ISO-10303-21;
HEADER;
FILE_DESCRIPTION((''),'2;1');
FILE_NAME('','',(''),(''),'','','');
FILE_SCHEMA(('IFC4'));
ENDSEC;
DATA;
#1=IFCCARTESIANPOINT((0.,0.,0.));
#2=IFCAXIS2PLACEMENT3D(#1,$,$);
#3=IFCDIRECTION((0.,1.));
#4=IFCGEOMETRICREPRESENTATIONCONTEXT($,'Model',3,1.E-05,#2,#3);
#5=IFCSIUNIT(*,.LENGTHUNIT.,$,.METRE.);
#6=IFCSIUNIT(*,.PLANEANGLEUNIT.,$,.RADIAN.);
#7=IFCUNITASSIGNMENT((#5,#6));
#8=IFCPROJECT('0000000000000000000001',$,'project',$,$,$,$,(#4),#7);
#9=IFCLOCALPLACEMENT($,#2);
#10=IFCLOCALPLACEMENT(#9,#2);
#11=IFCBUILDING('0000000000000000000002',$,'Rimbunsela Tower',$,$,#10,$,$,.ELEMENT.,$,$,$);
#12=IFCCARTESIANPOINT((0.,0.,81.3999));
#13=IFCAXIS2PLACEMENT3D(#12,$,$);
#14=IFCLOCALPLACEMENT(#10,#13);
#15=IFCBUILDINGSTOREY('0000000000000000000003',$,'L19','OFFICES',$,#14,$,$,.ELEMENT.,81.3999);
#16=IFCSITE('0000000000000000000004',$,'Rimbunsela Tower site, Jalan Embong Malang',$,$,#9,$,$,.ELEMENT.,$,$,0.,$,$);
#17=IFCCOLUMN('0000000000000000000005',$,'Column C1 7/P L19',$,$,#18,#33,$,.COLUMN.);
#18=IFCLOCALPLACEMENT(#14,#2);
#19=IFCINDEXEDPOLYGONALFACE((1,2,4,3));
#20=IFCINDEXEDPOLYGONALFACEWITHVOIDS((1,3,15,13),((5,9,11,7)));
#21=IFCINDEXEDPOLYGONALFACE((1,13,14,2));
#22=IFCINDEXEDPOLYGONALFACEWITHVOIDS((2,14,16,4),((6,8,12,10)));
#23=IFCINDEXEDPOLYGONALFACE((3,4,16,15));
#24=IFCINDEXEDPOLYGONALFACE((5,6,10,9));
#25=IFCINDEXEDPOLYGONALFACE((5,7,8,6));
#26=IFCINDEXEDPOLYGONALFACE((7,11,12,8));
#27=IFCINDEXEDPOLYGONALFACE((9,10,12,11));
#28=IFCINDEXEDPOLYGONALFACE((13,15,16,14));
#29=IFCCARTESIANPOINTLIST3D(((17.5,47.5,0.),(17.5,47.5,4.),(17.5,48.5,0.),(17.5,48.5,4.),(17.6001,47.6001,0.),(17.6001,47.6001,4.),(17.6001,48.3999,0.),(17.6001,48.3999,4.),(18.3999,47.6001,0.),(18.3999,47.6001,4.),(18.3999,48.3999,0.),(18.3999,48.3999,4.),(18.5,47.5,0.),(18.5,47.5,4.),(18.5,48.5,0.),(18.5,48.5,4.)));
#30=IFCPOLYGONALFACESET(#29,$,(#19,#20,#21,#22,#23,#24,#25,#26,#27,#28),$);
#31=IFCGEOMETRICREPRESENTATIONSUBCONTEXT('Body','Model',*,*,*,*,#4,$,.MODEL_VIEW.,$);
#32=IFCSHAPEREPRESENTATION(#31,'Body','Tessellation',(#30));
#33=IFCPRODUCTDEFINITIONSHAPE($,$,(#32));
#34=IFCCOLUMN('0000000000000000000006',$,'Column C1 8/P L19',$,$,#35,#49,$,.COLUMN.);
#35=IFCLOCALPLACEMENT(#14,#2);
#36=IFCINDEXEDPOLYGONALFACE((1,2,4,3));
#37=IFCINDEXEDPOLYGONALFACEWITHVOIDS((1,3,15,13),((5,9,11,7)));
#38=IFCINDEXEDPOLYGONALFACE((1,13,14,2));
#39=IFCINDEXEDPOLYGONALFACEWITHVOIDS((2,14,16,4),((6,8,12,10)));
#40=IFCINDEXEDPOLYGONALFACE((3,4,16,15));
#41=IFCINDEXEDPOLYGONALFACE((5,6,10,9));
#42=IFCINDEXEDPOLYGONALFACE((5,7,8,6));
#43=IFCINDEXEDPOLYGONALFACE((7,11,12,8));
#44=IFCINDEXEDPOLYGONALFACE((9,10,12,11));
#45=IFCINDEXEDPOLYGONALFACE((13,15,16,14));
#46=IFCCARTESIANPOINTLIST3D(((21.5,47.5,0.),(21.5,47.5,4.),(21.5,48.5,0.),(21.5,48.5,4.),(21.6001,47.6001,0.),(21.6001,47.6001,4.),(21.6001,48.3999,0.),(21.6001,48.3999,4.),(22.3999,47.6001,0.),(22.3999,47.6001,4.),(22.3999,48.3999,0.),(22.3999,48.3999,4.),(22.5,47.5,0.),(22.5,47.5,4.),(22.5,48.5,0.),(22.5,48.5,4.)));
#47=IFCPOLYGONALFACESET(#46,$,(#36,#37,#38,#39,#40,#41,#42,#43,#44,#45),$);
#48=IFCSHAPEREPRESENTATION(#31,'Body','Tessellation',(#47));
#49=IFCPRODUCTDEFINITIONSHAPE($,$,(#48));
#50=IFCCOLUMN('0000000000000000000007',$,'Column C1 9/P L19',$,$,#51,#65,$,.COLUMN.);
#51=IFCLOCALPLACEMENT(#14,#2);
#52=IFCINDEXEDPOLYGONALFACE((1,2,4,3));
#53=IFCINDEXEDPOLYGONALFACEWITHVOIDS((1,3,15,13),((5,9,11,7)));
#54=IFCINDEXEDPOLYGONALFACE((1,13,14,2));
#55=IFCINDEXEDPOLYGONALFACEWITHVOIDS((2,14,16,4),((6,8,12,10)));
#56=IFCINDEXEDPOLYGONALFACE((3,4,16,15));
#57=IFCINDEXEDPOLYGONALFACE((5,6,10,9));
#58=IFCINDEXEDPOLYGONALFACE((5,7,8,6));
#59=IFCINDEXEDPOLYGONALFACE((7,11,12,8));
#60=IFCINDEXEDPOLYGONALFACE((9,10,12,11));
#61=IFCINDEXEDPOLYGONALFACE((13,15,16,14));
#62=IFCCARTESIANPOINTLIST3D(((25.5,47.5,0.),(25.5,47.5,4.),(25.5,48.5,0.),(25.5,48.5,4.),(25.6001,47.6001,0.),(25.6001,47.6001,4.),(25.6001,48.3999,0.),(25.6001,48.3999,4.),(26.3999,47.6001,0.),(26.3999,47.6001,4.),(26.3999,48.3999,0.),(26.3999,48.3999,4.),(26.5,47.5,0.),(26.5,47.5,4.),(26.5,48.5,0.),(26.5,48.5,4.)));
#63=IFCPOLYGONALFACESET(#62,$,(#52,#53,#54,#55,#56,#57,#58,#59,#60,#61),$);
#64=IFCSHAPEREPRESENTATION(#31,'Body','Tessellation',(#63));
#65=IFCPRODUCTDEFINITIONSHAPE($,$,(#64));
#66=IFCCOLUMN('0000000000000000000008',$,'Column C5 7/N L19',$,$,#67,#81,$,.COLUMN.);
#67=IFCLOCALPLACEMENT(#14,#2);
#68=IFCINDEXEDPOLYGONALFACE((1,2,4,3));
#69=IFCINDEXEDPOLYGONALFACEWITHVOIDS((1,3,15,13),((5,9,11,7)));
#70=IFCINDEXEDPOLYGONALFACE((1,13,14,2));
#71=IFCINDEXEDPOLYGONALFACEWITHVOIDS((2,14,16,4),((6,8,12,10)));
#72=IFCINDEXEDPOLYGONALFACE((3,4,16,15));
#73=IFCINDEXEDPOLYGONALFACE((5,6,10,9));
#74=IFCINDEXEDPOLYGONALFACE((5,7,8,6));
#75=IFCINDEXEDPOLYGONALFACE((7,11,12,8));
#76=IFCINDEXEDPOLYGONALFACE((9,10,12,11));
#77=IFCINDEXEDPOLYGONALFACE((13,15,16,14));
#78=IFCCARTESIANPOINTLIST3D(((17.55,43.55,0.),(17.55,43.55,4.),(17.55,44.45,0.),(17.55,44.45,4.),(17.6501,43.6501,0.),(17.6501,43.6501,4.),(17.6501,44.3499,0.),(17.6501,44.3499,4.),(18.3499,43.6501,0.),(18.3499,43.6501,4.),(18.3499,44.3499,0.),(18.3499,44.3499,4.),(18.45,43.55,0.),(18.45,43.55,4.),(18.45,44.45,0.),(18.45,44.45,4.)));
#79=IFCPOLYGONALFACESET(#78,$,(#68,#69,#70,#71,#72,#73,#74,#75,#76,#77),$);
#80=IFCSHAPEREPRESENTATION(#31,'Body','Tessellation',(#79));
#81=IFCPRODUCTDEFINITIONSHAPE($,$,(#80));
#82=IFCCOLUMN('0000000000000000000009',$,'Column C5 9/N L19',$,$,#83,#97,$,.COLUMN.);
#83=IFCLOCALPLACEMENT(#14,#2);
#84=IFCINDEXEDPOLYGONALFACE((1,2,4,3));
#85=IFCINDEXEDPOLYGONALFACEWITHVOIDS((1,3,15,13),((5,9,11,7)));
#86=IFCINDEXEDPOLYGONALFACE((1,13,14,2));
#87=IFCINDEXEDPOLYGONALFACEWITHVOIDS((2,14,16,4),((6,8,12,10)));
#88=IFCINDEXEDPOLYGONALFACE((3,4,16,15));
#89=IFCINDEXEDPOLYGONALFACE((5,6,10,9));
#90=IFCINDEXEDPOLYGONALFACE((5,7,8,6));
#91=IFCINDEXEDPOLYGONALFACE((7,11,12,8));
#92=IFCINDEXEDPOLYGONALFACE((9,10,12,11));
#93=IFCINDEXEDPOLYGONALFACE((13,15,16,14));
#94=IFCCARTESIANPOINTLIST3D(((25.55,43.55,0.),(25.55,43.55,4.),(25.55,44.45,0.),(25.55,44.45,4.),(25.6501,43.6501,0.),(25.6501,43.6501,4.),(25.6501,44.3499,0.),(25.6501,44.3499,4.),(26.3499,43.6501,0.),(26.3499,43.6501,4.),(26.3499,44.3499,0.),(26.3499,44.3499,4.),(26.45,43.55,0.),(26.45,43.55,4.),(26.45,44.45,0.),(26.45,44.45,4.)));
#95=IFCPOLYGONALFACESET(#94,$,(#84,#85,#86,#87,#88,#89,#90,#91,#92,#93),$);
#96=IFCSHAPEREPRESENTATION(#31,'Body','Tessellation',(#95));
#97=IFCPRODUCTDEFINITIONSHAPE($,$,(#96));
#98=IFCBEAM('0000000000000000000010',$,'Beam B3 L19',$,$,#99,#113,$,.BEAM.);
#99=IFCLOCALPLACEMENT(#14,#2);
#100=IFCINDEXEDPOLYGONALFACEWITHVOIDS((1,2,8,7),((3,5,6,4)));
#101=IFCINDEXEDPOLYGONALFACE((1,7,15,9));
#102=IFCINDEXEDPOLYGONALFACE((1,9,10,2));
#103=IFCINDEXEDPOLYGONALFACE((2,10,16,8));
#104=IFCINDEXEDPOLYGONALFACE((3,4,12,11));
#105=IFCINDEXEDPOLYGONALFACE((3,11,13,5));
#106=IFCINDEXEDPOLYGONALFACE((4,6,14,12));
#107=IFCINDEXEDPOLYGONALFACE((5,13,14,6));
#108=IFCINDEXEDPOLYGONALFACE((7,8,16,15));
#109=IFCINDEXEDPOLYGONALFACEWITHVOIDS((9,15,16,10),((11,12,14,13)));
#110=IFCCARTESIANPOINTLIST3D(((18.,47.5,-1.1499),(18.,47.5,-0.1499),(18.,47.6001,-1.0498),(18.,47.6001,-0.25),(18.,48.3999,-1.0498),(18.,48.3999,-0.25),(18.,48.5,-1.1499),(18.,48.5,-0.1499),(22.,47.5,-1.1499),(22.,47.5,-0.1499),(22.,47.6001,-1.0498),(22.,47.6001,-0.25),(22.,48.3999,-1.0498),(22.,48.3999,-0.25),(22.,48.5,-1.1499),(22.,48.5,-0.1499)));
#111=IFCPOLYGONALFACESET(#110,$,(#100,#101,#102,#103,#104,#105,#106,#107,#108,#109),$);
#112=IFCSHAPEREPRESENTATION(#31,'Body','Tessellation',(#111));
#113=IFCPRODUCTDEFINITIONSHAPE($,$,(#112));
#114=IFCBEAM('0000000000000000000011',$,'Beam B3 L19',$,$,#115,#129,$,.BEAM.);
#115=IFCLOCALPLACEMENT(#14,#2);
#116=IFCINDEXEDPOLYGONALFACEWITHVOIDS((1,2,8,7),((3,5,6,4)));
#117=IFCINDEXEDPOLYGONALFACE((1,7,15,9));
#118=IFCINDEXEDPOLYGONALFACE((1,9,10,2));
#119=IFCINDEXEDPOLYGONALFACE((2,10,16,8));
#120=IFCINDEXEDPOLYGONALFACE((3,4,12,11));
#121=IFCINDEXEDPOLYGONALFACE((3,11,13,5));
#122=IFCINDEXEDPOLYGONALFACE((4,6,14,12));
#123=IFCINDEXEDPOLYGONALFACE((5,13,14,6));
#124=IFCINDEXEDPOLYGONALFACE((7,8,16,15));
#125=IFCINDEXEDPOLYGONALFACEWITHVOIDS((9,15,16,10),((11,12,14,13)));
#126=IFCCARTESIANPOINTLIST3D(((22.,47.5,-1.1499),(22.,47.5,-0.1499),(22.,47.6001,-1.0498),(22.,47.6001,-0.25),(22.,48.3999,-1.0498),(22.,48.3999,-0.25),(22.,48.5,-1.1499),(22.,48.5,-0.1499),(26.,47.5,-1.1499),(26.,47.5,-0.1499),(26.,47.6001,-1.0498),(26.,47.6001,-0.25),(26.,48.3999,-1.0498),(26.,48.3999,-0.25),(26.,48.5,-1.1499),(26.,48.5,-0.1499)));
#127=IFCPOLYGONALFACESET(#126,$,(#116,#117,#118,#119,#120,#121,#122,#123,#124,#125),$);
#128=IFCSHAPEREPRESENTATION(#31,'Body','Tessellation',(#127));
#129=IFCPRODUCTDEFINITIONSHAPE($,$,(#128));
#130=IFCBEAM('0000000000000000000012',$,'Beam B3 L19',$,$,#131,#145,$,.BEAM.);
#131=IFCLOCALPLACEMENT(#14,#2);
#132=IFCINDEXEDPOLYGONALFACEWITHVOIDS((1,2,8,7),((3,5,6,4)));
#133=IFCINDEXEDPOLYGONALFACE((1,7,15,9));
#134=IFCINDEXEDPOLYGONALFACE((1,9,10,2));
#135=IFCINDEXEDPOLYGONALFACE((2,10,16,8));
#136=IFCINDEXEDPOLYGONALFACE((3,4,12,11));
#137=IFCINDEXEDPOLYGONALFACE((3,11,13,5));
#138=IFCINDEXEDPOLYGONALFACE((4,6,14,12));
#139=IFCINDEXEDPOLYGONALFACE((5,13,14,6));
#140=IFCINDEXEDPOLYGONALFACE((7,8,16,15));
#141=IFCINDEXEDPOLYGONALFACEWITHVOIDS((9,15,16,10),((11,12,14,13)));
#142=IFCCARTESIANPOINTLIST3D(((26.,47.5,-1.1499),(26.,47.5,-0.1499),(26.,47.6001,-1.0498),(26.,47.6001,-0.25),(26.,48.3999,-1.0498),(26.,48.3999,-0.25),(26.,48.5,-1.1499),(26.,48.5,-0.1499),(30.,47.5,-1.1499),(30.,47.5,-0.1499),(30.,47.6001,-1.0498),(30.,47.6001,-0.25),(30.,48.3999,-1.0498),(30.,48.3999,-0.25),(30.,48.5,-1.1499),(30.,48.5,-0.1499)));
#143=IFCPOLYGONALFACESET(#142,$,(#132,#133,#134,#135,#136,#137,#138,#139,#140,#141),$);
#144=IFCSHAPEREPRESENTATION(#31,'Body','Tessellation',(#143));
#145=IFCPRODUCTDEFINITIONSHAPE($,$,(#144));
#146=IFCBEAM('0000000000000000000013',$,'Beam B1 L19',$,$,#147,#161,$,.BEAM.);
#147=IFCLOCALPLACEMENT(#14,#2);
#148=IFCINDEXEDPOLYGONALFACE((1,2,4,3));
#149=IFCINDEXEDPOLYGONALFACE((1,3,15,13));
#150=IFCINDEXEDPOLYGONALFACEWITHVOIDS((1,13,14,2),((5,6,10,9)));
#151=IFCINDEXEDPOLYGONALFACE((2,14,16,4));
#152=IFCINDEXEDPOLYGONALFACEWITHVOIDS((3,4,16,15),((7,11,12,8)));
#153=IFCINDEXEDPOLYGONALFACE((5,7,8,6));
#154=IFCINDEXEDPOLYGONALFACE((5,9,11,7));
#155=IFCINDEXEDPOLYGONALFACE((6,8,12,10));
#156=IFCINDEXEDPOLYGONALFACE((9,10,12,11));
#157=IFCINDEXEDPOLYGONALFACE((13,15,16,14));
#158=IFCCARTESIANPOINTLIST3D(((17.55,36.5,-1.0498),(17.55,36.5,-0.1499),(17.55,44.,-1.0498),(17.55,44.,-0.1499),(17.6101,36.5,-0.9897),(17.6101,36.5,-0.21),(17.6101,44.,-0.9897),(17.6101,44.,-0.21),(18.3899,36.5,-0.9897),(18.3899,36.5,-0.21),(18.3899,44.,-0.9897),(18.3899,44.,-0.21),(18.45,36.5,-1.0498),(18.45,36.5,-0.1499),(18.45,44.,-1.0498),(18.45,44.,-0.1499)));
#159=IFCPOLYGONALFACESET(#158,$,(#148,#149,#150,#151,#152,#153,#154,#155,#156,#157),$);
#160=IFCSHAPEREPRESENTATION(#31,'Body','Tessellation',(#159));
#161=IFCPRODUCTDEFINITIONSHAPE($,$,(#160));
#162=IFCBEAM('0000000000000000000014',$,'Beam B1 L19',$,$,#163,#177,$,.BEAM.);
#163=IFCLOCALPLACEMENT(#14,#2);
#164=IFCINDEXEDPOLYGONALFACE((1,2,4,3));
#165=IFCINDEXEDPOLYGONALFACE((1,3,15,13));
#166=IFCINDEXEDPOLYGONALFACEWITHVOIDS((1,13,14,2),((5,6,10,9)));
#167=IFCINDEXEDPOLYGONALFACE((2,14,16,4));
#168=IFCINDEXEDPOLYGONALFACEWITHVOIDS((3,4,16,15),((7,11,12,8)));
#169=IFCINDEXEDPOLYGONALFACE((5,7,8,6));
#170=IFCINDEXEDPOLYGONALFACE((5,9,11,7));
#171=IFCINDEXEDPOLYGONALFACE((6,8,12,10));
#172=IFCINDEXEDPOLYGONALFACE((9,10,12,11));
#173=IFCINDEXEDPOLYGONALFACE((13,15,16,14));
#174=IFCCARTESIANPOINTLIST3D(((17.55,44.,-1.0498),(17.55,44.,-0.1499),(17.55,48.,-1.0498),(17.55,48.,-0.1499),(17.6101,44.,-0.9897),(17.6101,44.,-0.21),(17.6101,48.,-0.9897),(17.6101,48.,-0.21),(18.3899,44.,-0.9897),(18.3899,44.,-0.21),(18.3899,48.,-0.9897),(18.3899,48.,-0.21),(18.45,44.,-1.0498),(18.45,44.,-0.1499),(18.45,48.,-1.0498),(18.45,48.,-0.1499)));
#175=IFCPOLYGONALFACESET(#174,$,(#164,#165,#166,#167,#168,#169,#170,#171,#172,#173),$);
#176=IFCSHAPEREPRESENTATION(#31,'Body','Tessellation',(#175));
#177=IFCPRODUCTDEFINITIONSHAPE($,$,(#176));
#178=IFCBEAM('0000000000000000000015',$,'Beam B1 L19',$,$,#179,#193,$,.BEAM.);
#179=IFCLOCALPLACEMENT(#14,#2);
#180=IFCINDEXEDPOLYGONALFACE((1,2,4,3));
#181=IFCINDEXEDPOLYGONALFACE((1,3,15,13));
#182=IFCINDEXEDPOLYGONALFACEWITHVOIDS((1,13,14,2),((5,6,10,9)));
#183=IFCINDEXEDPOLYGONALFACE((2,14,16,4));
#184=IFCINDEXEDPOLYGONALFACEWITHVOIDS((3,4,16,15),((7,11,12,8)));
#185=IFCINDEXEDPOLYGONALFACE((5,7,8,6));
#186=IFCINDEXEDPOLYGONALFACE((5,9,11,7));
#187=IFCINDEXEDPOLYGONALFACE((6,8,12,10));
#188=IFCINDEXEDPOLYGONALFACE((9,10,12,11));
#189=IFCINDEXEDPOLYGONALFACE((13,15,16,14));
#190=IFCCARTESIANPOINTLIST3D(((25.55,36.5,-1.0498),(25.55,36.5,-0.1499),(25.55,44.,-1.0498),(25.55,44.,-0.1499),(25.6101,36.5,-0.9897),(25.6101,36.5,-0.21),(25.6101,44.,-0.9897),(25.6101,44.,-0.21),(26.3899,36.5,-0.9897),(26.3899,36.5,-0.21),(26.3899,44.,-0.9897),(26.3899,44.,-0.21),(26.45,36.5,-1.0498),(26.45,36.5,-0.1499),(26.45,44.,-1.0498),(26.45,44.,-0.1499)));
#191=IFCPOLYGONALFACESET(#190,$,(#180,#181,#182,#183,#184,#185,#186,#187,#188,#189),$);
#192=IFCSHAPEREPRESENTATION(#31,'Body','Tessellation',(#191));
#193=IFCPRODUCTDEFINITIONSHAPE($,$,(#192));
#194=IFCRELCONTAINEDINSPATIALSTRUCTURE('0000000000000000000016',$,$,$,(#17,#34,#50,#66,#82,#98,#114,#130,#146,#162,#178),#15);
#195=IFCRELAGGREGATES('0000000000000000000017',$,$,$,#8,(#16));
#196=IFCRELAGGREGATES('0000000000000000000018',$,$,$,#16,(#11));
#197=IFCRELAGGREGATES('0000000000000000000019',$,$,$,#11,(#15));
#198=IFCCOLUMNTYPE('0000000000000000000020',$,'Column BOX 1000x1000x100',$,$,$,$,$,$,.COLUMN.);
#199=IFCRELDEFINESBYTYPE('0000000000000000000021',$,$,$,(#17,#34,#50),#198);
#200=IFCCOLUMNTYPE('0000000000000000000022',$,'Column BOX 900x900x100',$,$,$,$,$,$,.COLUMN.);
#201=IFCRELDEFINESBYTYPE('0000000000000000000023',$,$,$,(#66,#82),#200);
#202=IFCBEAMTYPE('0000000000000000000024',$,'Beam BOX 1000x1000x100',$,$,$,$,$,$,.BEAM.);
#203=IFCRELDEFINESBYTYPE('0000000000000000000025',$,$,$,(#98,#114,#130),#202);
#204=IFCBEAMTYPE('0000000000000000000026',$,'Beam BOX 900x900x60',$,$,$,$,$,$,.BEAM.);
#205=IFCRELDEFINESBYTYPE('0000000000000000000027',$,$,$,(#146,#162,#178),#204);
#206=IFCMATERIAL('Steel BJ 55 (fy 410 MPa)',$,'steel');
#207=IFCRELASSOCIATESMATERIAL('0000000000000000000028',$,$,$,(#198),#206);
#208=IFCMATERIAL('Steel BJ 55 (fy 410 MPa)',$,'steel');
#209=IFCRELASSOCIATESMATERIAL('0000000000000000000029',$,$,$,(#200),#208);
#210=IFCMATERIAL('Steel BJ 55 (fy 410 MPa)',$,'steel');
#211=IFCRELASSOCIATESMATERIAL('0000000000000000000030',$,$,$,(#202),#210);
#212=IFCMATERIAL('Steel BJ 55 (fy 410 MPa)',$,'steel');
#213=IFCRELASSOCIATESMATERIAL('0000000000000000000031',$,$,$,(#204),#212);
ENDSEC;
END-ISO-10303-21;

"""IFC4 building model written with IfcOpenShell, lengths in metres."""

from ifc_helpers import new_model, si_unit, direction, frame, origin, origin_2d, place, context, subcontext, project, spatial, hollow_rectangle, extrude, material, material_profile, profile_set, type_object, element, save


model = new_model("IFC4")

# Units and contexts
model_context = context("Model", 3, precision=1e-05, world=origin(), true_north=direction((0.0, 1.0)))
body_context = subcontext(model_context, "Body", "Model", "MODEL_VIEW")
ifc_project = project(units=[si_unit("LENGTHUNIT", "METRE"), si_unit("PLANEANGLEUNIT", "RADIAN")], contexts=[model_context])

# Site, building, storey
site_placement = place(None, origin())
site = spatial("IfcSite", under=ifc_project, at=site_placement, Name="Rimbunsela Tower site, Jalan Embong Malang", CompositionType="ELEMENT", RefElevation=0.0)
building_placement = place(site_placement, origin())
building = spatial("IfcBuilding", under=site, at=building_placement, Name="Rimbunsela Tower", CompositionType="ELEMENT")
storey_placement = place(building_placement, frame((0.0, 0.0, 81.3999)))
storey = spatial("IfcBuildingStorey", under=building, at=storey_placement, Name="L19", Description="OFFICES", CompositionType="ELEMENT", Elevation=81.3999)

# Columns
ifc_material_1 = material(Name="Steel BJ 55 (fy 410 MPa)", Category="steel")
ifc_material_profile_1 = material_profile(ifc_material_1, hollow_rectangle(XDim=1.0, YDim=1.0, WallThickness=0.1001, at=origin_2d()), Name="BOX 1000x1000x100")
ifc_profile_set_1 = profile_set([ifc_material_profile_1], Name="Steel BJ 55 (fy 410 MPa)")
column_type_1 = type_object("IfcColumnType", Name="Column BOX 1000x1000x100", PredefinedType="COLUMN", material=ifc_profile_set_1)
for number, where, z_axis, x_axis, name in (
    (1, (18.0, 48.0, 0.0), (0.0, 0.0, 1.0), (1.0, 0.0, 0.0), "Column C1 7/P L19"),
    (2, (22.0, 48.0, 0.0), (0.0, 0.0, 1.0), (1.0, 0.0, 0.0), "Column C1 8/P L19"),
    (3, (26.0, 48.0, 0.0), (0.0, 0.0, 1.0), (1.0, 0.0, 0.0), "Column C1 9/P L19"),
):
    element("IfcColumn", number, at=place(storey_placement, frame(where, z_axis=z_axis, x_axis=x_axis)), inside=storey, type_object=column_type_1, Name=name, PredefinedType="COLUMN", context=body_context, shape_type="SweptSolid", body=[
        extrude(hollow_rectangle(XDim=1.0, YDim=1.0, WallThickness=0.1001, at=origin_2d()), origin(), (0.0, 0.0, 1.0), 4.0),
    ])
ifc_material_2 = material(Name="Steel BJ 55 (fy 410 MPa)", Category="steel")
ifc_material_profile_2 = material_profile(ifc_material_2, hollow_rectangle(XDim=0.8999, YDim=0.8999, WallThickness=0.1001, at=origin_2d()), Name="BOX 900x900x100")
ifc_profile_set_2 = profile_set([ifc_material_profile_2], Name="Steel BJ 55 (fy 410 MPa)")
column_type_2 = type_object("IfcColumnType", Name="Column BOX 900x900x100", PredefinedType="COLUMN", material=ifc_profile_set_2)
for number, where, z_axis, x_axis, name in (
    (4, (18.0, 44.0, 0.0), (0.0, 0.0, 1.0), (1.0, 0.0, 0.0), "Column C5 7/N L19"),
    (5, (26.0, 44.0, 0.0), (0.0, 0.0, 1.0), (1.0, 0.0, 0.0), "Column C5 9/N L19"),
):
    element("IfcColumn", number, at=place(storey_placement, frame(where, z_axis=z_axis, x_axis=x_axis)), inside=storey, type_object=column_type_2, Name=name, PredefinedType="COLUMN", context=body_context, shape_type="SweptSolid", body=[
        extrude(hollow_rectangle(XDim=0.8999, YDim=0.8999, WallThickness=0.1001, at=origin_2d()), origin(), (0.0, 0.0, 1.0), 4.0),
    ])

# Beams
ifc_material_3 = material(Name="Steel BJ 55 (fy 410 MPa)", Category="steel")
ifc_material_profile_3 = material_profile(ifc_material_3, hollow_rectangle(XDim=1.0, YDim=1.0, WallThickness=0.1001, at=origin_2d()), Name="BOX 1000x1000x100")
ifc_profile_set_3 = profile_set([ifc_material_profile_3], Name="Steel BJ 55 (fy 410 MPa)")
beam_type_1 = type_object("IfcBeamType", Name="Beam BOX 1000x1000x100", PredefinedType="BEAM", material=ifc_profile_set_3)
for number, where, z_axis, x_axis, name in (
    (6, (18.0, 48.0, -0.6499), (1.0, 0.0, 0.0), (0.0, 1.0, 0.0), "Beam B3 L19"),
    (7, (22.0, 48.0, -0.6499), (1.0, 0.0, 0.0), (0.0, 1.0, 0.0), "Beam B3 L19"),
    (8, (26.0, 48.0, -0.6499), (1.0, 0.0, 0.0), (0.0, 1.0, 0.0), "Beam B3 L19"),
):
    element("IfcBeam", number, at=place(storey_placement, frame(where, z_axis=z_axis, x_axis=x_axis)), inside=storey, type_object=beam_type_1, Name=name, PredefinedType="BEAM", context=body_context, shape_type="SweptSolid", body=[
        extrude(hollow_rectangle(XDim=1.0, YDim=1.0, WallThickness=0.1001, at=origin_2d()), origin(), (0.0, 0.0, 1.0), 4.0),
    ])
ifc_material_4 = material(Name="Steel BJ 55 (fy 410 MPa)", Category="steel")
ifc_material_profile_4 = material_profile(ifc_material_4, hollow_rectangle(XDim=0.8999, YDim=0.8999, WallThickness=0.0601, at=origin_2d()), Name="BOX 900x900x60")
ifc_profile_set_4 = profile_set([ifc_material_profile_4], Name="Steel BJ 55 (fy 410 MPa)")
beam_type_2 = type_object("IfcBeamType", Name="Beam BOX 900x900x60", PredefinedType="BEAM", material=ifc_profile_set_4)
beam_1_placement = place(storey_placement, frame((18.0, 36.5, -0.5999), z_axis=(0.0, 1.0, 0.0), x_axis=(-1.0, 0.0, 0.0)))
element("IfcBeam", 9, at=beam_1_placement, inside=storey, type_object=beam_type_2, Name="Beam B1 L19", PredefinedType="BEAM", context=body_context, shape_type="SweptSolid", body=[
    extrude(hollow_rectangle(XDim=0.8999, YDim=0.8999, WallThickness=0.0601, at=origin_2d()), origin(), (0.0, 0.0, 1.0), 7.5),
])
beam_2_placement = place(storey_placement, frame((18.0, 44.0, -0.5999), z_axis=(0.0, 1.0, 0.0), x_axis=(-1.0, 0.0, 0.0)))
element("IfcBeam", 10, at=beam_2_placement, inside=storey, type_object=beam_type_2, Name="Beam B1 L19", PredefinedType="BEAM", context=body_context, shape_type="SweptSolid", body=[
    extrude(hollow_rectangle(XDim=0.8999, YDim=0.8999, WallThickness=0.0601, at=origin_2d()), origin(), (0.0, 0.0, 1.0), 4.0),
])
beam_3_placement = place(storey_placement, frame((26.0, 36.5, -0.5999), z_axis=(0.0, 1.0, 0.0), x_axis=(-1.0, 0.0, 0.0)))
element("IfcBeam", 11, at=beam_3_placement, inside=storey, type_object=beam_type_2, Name="Beam B1 L19", PredefinedType="BEAM", context=body_context, shape_type="SweptSolid", body=[
    extrude(hollow_rectangle(XDim=0.8999, YDim=0.8999, WallThickness=0.0601, at=origin_2d()), origin(), (0.0, 0.0, 1.0), 7.5),
])

save(model, "model.ifc")
